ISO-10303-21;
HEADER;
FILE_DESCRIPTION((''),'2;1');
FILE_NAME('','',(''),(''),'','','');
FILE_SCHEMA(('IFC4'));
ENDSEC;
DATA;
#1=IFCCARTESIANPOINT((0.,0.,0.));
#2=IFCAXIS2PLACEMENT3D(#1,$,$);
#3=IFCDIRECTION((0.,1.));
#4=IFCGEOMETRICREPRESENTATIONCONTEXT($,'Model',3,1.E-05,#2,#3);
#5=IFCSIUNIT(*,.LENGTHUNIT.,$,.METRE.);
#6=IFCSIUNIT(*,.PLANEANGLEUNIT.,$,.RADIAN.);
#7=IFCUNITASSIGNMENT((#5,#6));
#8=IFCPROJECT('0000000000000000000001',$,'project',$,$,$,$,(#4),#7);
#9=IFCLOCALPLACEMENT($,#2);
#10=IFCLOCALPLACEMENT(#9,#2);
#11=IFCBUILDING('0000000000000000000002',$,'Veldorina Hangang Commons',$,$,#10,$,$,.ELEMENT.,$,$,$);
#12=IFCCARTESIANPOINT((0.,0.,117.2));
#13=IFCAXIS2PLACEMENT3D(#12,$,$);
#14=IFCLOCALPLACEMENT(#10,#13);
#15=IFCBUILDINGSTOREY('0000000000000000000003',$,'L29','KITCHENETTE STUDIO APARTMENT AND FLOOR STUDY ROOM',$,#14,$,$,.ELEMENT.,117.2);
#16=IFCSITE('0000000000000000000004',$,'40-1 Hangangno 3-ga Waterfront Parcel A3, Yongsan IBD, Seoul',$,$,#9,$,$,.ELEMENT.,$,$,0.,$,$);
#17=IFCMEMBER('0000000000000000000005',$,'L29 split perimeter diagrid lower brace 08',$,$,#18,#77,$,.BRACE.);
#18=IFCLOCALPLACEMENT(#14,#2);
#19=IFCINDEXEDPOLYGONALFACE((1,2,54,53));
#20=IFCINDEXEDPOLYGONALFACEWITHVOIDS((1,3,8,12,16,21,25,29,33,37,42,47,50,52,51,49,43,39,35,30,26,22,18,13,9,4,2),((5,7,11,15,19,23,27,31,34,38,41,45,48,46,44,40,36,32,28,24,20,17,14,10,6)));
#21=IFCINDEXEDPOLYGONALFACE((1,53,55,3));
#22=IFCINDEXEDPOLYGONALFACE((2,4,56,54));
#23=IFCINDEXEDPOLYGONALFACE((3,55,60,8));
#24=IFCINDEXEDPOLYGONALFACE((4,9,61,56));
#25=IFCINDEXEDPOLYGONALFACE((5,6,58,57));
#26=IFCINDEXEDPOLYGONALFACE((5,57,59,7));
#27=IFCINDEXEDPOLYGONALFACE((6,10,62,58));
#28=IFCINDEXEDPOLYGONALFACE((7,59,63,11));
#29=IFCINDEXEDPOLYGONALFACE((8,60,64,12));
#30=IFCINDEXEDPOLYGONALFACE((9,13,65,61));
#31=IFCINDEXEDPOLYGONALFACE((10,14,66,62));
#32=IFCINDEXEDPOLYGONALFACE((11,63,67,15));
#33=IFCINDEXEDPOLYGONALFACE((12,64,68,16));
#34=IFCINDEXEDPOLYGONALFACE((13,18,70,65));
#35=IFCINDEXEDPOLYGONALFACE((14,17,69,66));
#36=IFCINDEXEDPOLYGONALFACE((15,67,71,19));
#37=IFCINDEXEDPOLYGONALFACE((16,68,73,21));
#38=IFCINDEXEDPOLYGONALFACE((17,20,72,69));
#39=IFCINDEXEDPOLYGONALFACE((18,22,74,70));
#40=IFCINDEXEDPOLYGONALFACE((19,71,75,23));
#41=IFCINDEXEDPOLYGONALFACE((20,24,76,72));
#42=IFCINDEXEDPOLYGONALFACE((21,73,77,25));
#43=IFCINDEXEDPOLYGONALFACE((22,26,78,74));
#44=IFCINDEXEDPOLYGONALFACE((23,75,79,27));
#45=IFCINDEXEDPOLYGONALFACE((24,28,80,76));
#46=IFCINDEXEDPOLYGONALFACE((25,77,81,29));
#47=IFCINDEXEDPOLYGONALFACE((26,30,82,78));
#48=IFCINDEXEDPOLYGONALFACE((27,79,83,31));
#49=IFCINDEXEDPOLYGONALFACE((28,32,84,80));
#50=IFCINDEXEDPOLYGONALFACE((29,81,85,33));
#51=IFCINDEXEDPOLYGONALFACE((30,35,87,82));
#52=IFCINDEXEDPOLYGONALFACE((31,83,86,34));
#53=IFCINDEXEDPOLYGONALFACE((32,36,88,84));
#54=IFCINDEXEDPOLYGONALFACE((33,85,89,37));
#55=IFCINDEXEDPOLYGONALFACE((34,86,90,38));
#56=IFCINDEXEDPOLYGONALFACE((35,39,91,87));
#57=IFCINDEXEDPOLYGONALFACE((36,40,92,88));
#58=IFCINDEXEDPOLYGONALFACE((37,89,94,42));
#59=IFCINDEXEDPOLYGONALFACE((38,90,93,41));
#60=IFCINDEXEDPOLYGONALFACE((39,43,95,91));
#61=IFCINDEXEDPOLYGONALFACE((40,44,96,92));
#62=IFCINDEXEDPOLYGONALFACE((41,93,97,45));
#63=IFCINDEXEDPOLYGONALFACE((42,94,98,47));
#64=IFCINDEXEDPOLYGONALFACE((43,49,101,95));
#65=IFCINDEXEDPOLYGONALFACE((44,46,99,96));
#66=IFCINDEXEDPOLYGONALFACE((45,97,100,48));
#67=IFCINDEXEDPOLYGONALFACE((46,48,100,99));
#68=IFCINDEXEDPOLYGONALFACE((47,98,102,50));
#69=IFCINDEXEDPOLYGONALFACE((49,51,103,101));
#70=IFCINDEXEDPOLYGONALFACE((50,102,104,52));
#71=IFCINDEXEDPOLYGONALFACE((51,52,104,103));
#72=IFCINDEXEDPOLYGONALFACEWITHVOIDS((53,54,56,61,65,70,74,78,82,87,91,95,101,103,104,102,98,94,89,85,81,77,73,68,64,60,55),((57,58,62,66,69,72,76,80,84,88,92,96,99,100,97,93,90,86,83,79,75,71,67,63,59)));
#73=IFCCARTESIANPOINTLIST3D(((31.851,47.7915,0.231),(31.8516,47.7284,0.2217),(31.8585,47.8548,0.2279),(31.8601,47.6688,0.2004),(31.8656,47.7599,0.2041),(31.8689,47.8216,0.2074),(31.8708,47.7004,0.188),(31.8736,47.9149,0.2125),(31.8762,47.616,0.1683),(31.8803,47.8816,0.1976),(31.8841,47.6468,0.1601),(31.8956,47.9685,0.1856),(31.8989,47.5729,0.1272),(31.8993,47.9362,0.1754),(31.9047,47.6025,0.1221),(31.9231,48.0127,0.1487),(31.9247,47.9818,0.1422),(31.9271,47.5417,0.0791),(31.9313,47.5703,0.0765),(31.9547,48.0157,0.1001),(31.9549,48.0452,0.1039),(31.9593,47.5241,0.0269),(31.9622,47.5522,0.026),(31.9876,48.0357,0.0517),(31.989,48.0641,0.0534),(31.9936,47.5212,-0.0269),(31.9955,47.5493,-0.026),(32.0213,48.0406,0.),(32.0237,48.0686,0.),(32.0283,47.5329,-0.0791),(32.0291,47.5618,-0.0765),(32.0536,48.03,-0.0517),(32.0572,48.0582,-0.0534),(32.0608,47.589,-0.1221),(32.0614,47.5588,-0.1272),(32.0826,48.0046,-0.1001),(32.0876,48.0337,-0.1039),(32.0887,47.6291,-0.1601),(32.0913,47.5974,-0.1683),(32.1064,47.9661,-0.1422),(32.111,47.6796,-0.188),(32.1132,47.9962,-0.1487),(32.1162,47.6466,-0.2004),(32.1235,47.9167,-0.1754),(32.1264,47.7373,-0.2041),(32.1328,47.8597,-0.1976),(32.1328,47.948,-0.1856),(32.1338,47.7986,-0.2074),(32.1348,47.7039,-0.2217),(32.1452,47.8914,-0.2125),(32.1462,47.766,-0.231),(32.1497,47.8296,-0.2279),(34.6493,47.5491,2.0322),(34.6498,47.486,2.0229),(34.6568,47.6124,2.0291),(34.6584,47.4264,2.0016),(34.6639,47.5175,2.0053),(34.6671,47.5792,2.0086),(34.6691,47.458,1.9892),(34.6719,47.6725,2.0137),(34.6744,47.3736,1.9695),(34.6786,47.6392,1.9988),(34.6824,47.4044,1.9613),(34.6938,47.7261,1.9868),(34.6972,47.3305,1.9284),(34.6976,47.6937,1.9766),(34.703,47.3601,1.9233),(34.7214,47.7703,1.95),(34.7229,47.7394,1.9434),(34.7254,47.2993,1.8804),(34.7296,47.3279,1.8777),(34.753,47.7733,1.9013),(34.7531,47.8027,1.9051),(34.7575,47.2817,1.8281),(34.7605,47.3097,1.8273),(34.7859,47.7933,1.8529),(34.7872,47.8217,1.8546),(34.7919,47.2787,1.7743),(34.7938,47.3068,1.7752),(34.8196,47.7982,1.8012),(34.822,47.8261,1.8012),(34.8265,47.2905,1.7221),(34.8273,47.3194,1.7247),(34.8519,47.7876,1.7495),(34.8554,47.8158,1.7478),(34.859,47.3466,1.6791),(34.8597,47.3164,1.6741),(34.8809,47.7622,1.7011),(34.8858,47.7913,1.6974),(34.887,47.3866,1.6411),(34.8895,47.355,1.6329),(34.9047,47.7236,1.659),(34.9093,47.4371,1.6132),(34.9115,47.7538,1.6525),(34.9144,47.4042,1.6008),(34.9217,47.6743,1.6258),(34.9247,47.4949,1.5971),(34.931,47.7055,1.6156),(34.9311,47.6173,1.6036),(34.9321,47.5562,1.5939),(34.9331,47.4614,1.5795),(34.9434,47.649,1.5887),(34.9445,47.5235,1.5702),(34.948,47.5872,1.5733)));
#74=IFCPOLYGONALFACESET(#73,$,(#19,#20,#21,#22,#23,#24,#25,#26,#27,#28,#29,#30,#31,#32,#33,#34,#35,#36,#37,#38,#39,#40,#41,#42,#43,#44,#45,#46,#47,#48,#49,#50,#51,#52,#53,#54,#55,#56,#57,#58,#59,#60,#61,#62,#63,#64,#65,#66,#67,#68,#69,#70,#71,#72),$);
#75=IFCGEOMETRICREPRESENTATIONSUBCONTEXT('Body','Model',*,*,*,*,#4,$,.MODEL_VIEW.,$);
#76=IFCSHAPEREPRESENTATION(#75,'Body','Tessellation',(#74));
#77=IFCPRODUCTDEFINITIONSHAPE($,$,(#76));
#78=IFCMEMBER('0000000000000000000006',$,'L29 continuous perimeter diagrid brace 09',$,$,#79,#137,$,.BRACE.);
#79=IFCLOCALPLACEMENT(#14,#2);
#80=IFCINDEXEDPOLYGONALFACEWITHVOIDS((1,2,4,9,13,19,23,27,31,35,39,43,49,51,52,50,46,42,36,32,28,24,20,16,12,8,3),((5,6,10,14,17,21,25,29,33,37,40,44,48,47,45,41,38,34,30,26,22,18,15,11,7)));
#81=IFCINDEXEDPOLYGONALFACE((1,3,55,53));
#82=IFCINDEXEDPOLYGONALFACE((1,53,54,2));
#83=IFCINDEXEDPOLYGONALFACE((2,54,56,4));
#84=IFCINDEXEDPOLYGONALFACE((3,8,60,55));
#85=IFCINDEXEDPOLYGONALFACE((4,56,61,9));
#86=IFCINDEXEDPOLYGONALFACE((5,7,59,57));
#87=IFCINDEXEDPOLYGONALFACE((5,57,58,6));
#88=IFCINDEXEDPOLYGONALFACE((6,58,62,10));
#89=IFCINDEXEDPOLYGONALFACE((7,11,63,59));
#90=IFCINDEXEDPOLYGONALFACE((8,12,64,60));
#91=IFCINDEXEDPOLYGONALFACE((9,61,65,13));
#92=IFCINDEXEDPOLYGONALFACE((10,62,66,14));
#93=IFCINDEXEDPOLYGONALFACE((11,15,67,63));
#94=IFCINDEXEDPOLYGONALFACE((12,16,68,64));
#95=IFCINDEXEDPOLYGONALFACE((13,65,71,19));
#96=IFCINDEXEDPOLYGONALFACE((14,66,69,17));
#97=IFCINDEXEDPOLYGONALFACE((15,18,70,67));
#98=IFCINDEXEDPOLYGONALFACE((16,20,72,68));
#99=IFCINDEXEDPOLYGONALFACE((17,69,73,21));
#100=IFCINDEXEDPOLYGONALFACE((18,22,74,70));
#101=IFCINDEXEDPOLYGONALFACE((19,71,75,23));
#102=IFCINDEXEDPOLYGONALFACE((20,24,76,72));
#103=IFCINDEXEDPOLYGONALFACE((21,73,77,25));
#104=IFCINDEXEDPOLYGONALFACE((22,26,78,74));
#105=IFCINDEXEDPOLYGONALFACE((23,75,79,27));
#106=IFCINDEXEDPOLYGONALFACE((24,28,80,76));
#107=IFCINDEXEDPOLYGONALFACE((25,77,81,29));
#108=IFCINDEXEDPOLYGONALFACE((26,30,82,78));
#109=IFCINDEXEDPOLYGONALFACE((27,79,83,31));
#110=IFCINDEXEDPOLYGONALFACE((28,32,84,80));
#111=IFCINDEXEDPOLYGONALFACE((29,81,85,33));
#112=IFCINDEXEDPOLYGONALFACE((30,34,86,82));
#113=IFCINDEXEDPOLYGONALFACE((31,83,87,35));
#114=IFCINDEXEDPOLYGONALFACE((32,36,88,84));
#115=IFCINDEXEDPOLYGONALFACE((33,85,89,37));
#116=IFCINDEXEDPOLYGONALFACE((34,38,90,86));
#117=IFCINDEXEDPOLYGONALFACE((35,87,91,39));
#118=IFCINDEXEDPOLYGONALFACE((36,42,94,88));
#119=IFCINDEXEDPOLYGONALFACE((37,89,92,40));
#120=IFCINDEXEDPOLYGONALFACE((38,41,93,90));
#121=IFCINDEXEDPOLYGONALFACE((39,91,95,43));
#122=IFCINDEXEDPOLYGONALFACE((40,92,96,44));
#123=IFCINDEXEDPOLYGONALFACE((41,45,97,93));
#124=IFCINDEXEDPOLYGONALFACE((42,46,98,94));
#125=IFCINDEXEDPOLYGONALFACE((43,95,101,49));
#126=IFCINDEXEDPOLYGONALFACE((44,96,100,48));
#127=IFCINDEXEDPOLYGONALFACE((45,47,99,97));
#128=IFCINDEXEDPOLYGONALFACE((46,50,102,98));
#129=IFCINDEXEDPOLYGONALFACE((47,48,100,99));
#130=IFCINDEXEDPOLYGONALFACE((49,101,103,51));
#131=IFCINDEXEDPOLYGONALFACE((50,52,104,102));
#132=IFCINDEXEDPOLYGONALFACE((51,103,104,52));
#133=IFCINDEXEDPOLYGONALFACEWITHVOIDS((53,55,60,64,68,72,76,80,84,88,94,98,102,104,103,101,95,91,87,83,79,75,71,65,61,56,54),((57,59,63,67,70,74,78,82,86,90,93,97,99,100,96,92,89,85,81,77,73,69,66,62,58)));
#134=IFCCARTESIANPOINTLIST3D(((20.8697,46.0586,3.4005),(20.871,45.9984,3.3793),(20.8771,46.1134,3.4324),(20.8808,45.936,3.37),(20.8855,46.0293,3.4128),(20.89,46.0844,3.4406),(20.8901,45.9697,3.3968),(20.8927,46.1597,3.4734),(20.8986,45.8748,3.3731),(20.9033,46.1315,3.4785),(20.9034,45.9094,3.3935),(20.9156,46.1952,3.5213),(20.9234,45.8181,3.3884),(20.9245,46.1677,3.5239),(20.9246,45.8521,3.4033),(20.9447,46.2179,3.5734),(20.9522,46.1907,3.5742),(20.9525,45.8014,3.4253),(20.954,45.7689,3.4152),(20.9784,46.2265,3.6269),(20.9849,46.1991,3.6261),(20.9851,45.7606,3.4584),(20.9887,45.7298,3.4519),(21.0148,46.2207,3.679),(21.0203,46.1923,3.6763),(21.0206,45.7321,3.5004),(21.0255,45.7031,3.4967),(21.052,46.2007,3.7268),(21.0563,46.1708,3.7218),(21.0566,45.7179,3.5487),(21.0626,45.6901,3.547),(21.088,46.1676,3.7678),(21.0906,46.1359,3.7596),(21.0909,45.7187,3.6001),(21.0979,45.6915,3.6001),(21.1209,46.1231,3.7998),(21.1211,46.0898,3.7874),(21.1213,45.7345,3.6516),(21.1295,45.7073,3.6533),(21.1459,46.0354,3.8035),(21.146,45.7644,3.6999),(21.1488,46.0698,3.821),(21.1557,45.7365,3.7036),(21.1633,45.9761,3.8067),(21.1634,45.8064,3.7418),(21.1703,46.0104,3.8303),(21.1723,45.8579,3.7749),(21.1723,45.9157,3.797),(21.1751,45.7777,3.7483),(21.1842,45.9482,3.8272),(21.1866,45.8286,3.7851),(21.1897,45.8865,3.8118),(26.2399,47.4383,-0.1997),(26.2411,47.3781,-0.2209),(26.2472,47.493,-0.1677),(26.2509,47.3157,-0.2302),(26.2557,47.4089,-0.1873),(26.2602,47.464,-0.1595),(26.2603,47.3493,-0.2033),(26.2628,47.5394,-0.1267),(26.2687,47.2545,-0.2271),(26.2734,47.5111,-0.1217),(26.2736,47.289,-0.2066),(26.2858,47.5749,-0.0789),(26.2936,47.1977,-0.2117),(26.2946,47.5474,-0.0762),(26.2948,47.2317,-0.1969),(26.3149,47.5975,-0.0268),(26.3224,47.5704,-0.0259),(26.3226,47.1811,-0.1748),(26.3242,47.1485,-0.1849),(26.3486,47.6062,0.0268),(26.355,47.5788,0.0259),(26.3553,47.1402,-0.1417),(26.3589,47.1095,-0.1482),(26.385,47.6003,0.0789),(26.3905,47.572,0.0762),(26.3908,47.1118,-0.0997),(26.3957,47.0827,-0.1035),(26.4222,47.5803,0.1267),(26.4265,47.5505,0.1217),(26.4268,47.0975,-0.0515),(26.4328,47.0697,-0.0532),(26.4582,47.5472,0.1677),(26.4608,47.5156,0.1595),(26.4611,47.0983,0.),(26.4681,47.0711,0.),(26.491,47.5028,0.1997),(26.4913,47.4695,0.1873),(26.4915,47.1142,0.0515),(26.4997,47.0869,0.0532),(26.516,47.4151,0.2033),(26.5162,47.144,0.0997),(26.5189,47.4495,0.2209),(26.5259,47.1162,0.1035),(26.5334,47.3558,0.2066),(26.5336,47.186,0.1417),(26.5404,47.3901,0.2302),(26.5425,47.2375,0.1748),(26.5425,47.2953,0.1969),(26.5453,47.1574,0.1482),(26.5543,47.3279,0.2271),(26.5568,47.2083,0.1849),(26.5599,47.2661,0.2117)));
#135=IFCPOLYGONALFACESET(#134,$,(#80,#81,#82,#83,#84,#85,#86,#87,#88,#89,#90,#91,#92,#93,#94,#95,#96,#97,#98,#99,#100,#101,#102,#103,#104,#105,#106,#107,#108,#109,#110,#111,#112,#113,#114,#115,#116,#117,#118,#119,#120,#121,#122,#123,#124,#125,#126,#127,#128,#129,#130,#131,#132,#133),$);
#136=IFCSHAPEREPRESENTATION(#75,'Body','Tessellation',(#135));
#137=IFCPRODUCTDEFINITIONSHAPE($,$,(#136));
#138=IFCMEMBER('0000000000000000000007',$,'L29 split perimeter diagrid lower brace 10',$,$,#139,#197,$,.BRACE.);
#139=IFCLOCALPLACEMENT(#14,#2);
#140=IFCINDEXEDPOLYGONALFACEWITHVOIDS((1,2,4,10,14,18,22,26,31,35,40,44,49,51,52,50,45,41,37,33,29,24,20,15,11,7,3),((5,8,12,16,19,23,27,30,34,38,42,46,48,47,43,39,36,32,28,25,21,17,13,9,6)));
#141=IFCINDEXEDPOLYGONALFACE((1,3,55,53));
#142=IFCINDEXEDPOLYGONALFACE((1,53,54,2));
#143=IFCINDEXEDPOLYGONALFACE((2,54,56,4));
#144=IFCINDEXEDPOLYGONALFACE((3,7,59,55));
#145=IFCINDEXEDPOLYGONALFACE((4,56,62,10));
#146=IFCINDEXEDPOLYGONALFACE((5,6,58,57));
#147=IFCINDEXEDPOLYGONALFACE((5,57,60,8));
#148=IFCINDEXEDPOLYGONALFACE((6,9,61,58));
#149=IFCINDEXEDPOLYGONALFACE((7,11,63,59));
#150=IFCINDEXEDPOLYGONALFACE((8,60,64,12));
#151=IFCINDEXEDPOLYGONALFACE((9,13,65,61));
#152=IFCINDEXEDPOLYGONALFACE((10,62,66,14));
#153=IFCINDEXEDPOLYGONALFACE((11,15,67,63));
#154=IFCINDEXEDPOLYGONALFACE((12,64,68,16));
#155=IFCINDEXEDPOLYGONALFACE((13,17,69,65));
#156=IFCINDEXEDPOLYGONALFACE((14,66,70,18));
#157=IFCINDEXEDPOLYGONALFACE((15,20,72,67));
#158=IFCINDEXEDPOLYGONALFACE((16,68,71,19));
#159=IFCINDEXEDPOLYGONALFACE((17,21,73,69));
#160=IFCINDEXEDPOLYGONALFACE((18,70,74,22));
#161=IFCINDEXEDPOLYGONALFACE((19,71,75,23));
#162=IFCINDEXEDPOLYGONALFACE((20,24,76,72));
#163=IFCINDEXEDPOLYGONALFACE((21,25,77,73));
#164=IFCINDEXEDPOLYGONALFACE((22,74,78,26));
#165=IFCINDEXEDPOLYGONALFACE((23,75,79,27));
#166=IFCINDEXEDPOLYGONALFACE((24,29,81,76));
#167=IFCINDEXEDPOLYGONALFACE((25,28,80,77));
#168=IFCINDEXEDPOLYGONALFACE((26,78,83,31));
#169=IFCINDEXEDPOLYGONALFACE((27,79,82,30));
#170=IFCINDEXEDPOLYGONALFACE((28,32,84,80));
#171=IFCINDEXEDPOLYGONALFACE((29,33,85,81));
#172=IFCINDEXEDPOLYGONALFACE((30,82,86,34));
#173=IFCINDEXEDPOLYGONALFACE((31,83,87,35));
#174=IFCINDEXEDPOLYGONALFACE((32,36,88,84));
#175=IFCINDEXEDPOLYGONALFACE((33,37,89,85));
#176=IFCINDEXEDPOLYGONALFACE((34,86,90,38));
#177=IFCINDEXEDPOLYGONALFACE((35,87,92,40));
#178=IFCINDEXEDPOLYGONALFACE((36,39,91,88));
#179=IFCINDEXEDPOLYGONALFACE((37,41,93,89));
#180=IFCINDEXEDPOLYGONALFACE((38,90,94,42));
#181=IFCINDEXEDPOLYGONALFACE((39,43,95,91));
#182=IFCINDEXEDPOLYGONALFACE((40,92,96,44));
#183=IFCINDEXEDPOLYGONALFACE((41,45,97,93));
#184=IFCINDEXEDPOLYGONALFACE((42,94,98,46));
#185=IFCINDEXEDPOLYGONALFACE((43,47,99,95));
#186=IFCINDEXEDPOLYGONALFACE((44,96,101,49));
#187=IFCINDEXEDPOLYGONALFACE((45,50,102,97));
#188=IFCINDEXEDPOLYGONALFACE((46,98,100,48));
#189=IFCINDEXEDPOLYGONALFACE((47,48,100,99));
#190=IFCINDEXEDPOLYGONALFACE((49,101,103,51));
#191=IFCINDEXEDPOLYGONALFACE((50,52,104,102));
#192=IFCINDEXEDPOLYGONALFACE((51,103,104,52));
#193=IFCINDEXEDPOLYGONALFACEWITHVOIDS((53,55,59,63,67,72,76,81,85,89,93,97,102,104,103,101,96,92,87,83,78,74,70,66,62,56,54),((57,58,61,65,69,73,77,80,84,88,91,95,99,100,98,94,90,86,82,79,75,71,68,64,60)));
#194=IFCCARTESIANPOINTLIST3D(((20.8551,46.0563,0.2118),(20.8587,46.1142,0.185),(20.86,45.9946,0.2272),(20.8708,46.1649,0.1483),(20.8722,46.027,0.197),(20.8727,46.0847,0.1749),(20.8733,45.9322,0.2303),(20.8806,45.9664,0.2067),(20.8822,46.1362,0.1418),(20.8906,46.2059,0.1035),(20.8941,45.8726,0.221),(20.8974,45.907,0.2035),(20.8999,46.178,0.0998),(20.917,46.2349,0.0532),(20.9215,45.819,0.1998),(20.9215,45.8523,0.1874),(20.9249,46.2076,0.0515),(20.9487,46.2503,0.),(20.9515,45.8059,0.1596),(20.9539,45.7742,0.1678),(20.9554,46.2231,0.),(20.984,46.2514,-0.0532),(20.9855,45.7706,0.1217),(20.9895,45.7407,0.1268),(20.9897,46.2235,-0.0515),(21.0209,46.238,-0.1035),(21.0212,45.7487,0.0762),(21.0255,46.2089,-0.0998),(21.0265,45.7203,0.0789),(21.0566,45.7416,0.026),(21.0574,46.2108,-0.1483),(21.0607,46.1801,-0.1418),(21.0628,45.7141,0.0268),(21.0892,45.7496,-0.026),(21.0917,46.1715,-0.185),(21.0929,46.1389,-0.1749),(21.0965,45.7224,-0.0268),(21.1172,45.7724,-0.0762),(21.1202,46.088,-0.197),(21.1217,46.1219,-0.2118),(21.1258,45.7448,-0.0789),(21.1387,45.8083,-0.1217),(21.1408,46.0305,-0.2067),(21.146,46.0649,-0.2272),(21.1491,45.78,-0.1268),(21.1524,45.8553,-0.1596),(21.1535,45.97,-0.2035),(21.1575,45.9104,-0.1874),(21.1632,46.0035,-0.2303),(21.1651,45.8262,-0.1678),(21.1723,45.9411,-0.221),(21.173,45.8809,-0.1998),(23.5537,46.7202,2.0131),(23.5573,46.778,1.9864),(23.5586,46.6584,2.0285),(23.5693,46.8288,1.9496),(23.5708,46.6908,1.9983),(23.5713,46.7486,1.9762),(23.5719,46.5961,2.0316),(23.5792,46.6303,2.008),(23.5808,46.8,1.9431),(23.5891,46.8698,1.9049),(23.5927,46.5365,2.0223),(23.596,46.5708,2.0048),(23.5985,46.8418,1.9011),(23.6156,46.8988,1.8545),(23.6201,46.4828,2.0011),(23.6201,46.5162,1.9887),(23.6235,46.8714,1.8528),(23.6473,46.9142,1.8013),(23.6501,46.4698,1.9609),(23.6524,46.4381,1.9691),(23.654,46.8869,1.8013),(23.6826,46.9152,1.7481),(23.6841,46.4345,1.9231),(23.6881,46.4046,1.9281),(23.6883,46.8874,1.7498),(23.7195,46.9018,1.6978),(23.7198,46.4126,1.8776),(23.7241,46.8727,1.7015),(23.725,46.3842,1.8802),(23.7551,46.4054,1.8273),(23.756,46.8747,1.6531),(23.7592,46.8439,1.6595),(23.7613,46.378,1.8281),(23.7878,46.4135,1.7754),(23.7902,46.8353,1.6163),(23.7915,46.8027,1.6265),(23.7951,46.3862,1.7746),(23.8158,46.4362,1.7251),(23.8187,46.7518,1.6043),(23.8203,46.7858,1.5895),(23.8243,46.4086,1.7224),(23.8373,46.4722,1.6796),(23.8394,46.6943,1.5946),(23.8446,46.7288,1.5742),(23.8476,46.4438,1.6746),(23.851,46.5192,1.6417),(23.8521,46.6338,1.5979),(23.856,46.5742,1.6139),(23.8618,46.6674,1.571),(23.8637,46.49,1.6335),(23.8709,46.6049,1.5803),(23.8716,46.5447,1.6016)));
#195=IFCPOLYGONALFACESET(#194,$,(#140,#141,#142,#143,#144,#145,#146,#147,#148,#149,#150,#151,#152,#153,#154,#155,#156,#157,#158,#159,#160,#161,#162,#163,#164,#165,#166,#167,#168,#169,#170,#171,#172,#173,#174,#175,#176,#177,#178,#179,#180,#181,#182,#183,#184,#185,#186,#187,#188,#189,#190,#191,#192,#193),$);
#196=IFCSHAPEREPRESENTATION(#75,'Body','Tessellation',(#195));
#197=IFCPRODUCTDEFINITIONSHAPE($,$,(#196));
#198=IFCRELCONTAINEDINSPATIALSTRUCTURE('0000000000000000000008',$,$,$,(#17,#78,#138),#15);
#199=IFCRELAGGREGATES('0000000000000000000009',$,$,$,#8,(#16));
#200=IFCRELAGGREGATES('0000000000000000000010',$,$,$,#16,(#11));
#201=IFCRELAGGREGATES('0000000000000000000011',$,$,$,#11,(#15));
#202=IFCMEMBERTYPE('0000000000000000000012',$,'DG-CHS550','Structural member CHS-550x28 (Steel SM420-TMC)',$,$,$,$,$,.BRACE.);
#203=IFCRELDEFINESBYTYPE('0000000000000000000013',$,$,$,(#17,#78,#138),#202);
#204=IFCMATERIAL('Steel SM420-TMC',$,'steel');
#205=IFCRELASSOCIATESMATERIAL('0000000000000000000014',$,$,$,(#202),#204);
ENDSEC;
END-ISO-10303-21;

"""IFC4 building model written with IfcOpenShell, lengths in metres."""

from ifc_helpers import new_model, si_unit, direction, frame, origin, origin_2d, place, context, subcontext, project, spatial, hollow_circle, extrude, material, material_profile, profile_set, type_object, element, save


model = new_model("IFC4")

# Units and contexts
model_context = context("Model", 3, precision=1e-05, world=origin(), true_north=direction((0.0, 1.0)))
body_context = subcontext(model_context, "Body", "Model", "MODEL_VIEW")
ifc_project = project(units=[si_unit("LENGTHUNIT", "METRE"), si_unit("PLANEANGLEUNIT", "RADIAN")], contexts=[model_context])

# Site, building, storey
site_placement = place(None, origin())
site = spatial("IfcSite", under=ifc_project, at=site_placement, Name="40-1 Hangangno 3-ga Waterfront Parcel A3, Yongsan IBD, Seoul", CompositionType="ELEMENT", RefElevation=0.0)
building_placement = place(site_placement, origin())
building = spatial("IfcBuilding", under=site, at=building_placement, Name="Veldorina Hangang Commons", CompositionType="ELEMENT")
storey_placement = place(building_placement, frame((0.0, 0.0, 117.2)))
storey = spatial("IfcBuildingStorey", under=building, at=storey_placement, Name="L29", Description="KITCHENETTE STUDIO APARTMENT AND FLOOR STUDY ROOM", CompositionType="ELEMENT", Elevation=117.2)

# Shared definitions
ifc_material_1 = material(Name="Steel SM420-TMC", Category="steel")

# Members
ifc_material_profile_1 = material_profile(ifc_material_1, hollow_circle(Radius=0.2749, WallThickness=0.0281, at=origin_2d()), Name="CHS-550x28")
ifc_profile_set_1 = profile_set([ifc_material_profile_1], Name="Steel SM420-TMC")
member_type = type_object("IfcMemberType", Name="DG-CHS550", Description="Structural member CHS-550x28 (Steel SM420-TMC)", PredefinedType="BRACE", material=ifc_profile_set_1)
member_1_placement = place(storey_placement, frame((32.0, 47.7947, 0.0), z_axis=(0.838637, -0.072655, 0.539824), x_axis=(0.086311, 0.996268, 0.0)))
element("IfcMember", 1, at=member_1_placement, inside=storey, type_object=member_type, Name="L29 split perimeter diagrid lower brace 08", PredefinedType="BRACE", context=body_context, shape_type="SweptSolid", body=[
    extrude(hollow_circle(Radius=0.2749, WallThickness=0.0281, at=origin_2d()), origin(), (0.0, 0.0, 1.0), 3.3367),
])
member_2_placement = place(storey_placement, frame((26.3997, 47.3374, 0.0), z_axis=(-0.812329, -0.208696, 0.544581), x_axis=(0.24883, -0.968547, 0.0)))
element("IfcMember", 2, at=member_2_placement, inside=storey, type_object=member_type, Name="L29 continuous perimeter diagrid brace 09", PredefinedType="BRACE", context=body_context, shape_type="SweptSolid", body=[
    extrude(hollow_circle(Radius=0.2749, WallThickness=0.0281, at=origin_2d()), origin(), (0.0, 0.0, 1.0), 6.6108),
])
member_3_placement = place(storey_placement, frame((21.0144, 45.9834, 0.0), z_axis=(0.814845, 0.200449, 0.543918), x_axis=(-0.238875, 0.97105, 0.0)))
element("IfcMember", 3, at=member_3_placement, inside=storey, type_object=member_type, Name="L29 split perimeter diagrid lower brace 10", PredefinedType="BRACE", context=body_context, shape_type="SweptSolid", body=[
    extrude(hollow_circle(Radius=0.2749, WallThickness=0.0281, at=origin_2d()), origin(), (0.0, 0.0, 1.0), 3.3118),
])

save(model, "model.ifc")
